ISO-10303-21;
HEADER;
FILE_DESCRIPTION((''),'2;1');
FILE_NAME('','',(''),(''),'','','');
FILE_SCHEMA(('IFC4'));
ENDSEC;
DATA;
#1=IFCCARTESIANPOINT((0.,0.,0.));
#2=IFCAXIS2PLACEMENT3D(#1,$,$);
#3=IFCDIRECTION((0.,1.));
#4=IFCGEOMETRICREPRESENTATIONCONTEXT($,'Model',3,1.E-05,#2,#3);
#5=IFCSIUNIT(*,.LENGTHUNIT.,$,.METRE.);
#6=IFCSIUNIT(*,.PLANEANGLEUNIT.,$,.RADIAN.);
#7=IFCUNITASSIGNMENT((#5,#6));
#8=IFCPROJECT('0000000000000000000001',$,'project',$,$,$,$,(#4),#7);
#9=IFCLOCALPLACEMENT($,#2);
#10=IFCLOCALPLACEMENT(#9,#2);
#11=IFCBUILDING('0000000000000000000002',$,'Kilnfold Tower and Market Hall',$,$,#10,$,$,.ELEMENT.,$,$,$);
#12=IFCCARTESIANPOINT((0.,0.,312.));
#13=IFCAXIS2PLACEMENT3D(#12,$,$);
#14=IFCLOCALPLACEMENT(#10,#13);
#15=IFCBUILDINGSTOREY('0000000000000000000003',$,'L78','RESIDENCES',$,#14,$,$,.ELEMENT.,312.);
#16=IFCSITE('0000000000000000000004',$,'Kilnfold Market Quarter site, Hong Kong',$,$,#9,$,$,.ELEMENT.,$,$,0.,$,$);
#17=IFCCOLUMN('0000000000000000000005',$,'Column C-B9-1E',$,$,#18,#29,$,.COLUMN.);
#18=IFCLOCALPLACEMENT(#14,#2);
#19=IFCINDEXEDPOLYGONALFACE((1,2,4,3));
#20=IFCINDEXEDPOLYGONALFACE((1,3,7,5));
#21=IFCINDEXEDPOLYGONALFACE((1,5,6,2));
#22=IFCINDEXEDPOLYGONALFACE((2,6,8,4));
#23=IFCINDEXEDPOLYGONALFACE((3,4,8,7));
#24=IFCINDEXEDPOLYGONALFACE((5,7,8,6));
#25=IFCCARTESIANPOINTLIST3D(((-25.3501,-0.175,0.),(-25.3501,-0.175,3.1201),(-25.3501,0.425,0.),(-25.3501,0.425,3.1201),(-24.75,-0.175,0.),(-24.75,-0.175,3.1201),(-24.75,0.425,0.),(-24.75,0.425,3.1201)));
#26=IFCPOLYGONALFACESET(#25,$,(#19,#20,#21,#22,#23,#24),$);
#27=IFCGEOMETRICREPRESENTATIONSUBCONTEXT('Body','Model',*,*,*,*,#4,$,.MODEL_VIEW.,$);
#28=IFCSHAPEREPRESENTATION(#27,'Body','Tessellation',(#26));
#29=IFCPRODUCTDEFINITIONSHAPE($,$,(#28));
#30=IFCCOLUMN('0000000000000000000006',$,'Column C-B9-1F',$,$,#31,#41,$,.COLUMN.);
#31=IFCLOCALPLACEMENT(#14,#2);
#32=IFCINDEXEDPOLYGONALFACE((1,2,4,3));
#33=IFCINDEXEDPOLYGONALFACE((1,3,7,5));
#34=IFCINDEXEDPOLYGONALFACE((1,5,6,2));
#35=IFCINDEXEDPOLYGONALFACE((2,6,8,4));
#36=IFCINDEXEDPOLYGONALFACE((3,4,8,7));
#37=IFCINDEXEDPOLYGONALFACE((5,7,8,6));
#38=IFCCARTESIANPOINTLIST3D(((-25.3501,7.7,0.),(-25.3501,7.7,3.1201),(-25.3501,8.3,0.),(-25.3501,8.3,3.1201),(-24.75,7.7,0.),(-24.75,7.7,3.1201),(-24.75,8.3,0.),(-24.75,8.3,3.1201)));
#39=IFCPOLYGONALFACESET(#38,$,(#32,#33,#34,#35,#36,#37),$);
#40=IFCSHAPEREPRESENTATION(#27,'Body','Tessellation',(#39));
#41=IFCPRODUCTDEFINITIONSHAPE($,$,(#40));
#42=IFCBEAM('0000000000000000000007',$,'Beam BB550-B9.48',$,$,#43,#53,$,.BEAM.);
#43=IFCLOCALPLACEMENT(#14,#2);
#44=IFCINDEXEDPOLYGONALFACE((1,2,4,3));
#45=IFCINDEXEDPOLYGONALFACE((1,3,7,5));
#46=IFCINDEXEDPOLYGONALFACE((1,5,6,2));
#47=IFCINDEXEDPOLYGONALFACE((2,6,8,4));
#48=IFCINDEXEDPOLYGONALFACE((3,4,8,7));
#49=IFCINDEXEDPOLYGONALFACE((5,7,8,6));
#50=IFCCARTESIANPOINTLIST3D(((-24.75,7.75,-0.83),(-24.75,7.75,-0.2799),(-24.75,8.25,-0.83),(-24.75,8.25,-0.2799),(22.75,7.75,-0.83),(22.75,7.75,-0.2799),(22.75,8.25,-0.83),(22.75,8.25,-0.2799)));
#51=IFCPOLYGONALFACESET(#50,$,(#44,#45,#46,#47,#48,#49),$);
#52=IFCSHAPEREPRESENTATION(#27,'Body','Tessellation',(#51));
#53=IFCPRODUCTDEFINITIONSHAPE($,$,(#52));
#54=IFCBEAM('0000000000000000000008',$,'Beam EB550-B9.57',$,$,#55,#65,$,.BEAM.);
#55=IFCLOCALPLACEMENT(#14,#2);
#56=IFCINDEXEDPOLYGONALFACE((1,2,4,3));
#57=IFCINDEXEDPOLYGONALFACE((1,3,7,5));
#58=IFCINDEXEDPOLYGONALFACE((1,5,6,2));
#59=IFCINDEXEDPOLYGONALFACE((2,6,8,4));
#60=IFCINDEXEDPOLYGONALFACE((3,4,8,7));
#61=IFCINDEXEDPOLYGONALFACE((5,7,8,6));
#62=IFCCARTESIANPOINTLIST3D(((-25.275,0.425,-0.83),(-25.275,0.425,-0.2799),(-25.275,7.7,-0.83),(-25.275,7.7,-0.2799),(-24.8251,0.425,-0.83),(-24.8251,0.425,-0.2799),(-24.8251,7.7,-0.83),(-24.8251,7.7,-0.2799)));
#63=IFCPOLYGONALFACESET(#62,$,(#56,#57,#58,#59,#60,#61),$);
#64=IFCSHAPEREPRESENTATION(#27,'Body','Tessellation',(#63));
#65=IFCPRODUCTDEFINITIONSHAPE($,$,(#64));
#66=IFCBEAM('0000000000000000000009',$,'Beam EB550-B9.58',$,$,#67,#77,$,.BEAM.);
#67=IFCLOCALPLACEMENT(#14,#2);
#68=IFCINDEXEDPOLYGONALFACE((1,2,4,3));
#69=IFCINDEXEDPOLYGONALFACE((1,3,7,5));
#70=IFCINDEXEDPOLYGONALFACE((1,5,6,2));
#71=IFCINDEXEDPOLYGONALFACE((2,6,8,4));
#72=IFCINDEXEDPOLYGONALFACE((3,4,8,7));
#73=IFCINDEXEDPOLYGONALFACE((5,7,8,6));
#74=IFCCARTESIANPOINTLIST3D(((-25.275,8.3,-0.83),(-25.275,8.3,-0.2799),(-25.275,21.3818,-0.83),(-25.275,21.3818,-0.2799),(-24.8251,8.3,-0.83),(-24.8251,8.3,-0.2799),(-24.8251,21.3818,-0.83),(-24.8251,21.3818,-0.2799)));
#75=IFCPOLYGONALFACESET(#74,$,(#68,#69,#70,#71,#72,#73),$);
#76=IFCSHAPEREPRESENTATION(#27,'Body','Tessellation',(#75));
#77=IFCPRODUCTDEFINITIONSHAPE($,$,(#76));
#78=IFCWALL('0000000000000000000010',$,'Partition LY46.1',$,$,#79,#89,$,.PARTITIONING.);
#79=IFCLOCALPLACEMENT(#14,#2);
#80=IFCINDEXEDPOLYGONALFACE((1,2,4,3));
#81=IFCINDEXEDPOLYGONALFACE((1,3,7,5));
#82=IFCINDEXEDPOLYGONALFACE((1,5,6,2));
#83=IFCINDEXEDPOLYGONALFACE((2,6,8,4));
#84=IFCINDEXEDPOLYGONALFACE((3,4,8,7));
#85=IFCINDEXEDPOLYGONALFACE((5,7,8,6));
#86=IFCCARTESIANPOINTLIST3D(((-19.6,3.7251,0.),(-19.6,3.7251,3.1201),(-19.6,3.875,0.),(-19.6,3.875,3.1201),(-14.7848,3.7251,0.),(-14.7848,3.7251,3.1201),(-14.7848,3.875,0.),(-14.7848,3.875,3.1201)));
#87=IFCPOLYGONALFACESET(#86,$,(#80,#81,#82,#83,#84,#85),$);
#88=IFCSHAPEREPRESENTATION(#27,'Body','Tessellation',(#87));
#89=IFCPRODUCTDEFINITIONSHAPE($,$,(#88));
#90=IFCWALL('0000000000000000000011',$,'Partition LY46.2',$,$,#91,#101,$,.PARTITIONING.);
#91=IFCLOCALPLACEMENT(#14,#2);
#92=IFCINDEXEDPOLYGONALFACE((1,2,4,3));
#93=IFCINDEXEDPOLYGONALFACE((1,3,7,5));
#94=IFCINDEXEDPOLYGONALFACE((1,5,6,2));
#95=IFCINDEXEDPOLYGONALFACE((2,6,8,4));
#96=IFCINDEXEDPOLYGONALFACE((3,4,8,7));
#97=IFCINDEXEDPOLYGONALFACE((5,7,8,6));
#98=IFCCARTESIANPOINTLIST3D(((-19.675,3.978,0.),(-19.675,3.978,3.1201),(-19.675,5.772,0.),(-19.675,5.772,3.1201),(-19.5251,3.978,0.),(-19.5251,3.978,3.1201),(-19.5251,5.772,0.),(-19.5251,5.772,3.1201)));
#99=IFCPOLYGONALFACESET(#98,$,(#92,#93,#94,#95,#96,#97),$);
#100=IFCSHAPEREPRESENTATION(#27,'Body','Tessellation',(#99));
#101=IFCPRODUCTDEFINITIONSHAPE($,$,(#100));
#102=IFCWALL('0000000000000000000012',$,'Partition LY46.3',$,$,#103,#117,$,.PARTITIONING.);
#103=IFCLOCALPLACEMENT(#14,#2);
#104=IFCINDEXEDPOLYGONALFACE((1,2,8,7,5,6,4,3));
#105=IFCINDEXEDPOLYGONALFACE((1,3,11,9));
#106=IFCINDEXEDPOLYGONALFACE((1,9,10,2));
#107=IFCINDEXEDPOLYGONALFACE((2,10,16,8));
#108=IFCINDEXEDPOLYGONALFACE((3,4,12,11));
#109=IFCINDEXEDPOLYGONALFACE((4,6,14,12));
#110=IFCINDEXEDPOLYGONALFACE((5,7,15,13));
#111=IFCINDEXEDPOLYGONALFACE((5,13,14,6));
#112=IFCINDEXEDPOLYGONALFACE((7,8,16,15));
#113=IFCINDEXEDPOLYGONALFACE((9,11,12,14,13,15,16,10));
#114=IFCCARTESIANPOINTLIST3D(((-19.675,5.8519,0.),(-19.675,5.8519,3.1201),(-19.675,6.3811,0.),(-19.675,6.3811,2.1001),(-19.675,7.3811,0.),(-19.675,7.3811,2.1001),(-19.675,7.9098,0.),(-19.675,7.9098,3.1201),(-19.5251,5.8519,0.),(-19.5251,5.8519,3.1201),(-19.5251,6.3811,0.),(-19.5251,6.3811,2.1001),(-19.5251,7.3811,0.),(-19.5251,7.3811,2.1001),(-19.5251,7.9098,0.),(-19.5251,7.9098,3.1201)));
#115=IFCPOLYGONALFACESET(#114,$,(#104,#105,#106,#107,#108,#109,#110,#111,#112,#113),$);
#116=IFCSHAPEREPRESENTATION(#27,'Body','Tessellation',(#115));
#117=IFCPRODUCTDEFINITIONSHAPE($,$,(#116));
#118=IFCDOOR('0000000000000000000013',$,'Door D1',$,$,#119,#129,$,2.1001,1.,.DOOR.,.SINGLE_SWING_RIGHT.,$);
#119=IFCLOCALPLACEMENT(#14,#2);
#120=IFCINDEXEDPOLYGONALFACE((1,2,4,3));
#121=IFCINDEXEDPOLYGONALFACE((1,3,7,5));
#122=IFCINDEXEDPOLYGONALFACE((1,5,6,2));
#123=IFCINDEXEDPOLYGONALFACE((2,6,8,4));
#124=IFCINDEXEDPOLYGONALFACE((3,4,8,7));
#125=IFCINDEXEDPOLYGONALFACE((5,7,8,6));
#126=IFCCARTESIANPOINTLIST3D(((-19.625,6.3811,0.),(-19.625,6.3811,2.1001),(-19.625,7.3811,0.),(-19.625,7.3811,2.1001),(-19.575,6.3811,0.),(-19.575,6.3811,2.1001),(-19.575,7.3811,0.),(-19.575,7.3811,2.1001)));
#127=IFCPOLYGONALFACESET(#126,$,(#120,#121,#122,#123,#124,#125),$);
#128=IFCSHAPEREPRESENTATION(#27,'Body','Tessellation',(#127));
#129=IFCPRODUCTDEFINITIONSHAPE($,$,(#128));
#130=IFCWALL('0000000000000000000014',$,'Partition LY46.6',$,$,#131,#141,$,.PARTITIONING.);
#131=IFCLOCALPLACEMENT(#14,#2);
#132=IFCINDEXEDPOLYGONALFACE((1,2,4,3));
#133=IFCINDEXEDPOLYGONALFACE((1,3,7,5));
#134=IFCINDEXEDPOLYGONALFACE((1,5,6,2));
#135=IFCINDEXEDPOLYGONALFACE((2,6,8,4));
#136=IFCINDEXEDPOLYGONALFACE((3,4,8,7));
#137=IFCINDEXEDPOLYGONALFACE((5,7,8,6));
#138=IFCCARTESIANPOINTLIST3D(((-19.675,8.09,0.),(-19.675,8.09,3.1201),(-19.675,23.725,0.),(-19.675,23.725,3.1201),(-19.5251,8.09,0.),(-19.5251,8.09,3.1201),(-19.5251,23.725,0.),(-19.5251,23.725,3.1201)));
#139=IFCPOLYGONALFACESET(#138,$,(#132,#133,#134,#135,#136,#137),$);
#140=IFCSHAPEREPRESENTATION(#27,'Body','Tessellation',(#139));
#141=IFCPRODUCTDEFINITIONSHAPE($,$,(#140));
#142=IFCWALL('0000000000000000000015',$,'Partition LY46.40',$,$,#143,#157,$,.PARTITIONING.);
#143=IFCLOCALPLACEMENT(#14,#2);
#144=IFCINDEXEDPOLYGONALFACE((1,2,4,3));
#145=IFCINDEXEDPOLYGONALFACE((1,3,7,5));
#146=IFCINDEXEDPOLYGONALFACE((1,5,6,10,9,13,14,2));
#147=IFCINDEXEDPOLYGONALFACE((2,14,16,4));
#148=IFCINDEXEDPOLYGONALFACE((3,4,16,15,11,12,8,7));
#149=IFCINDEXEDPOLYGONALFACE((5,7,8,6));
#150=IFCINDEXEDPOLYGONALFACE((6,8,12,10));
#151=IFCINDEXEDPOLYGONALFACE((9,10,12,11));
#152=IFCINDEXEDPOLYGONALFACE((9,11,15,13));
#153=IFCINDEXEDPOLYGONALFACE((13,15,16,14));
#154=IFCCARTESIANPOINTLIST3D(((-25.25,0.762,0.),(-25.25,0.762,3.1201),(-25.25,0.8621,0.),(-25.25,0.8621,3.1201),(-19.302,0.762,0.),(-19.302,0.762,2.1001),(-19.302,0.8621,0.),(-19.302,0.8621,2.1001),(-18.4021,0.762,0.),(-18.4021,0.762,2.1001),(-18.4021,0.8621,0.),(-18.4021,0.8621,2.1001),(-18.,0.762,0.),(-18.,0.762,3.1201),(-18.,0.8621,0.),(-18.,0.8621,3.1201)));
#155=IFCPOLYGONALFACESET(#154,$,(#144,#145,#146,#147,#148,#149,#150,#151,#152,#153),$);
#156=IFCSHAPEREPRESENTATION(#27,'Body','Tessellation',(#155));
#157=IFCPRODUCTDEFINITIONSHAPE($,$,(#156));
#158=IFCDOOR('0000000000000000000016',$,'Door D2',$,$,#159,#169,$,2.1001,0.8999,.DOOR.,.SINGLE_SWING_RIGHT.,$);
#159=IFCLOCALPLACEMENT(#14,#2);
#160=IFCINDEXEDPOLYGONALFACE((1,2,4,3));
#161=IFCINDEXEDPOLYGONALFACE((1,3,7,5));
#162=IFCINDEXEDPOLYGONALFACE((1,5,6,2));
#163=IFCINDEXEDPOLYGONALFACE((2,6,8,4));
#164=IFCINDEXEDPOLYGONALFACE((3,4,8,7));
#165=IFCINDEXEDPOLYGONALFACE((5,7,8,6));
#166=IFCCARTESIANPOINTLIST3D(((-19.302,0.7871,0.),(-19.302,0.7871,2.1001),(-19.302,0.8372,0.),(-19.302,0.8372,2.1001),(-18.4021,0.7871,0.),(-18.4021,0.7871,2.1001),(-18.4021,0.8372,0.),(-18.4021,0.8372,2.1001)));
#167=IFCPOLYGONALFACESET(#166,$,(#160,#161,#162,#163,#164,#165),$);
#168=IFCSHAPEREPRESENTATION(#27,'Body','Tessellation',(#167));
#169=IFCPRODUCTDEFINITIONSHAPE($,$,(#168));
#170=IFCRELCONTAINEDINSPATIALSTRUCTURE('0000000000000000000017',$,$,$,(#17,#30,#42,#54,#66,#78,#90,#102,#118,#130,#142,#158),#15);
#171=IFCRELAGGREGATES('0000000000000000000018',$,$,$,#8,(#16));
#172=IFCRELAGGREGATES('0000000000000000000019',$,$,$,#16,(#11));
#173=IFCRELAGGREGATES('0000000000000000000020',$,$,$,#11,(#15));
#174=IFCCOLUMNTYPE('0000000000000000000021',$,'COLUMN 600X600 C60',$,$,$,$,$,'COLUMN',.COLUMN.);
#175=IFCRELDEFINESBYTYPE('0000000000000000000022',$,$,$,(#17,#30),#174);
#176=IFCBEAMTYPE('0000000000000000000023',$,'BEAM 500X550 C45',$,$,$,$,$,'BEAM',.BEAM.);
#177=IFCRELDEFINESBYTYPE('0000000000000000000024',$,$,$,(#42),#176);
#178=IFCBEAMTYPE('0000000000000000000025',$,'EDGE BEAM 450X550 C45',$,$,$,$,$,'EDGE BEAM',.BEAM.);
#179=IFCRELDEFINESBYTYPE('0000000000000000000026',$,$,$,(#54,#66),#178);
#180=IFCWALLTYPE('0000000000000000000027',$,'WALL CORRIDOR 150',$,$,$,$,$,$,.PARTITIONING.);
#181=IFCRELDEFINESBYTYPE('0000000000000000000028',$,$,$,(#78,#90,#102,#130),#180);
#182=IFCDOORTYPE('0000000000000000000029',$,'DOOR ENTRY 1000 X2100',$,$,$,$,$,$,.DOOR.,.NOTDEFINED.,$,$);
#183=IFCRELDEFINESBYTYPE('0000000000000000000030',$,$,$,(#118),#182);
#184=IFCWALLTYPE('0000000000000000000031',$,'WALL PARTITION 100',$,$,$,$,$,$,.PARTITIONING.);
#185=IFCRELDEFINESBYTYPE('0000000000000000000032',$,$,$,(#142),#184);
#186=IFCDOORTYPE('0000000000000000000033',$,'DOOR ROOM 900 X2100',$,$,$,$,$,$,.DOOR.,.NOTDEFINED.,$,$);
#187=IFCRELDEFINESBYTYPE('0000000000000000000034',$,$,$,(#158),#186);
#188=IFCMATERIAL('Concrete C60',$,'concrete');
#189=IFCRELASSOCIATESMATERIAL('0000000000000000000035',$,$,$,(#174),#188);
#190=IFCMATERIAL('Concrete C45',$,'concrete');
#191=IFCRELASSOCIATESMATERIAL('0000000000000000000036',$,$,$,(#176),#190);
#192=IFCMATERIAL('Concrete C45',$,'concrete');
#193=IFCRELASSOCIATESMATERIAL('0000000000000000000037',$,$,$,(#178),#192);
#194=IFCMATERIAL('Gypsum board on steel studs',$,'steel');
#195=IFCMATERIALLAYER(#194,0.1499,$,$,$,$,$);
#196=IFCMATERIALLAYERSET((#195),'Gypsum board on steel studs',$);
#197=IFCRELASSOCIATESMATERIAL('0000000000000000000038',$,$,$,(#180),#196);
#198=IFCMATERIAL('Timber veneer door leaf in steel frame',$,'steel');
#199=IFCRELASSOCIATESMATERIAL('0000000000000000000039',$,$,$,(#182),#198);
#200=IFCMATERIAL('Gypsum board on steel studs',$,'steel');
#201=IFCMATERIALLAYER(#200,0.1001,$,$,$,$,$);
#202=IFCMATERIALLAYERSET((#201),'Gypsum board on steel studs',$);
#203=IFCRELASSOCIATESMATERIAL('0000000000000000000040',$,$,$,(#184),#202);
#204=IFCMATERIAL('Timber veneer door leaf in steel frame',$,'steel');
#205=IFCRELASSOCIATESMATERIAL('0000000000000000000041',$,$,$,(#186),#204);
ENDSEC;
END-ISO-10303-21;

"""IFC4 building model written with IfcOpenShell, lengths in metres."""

from ifc_helpers import new_model, si_unit, direction, frame, frame_2d, origin, origin_2d, place, context, subcontext, project, spatial, rectangle, extrude, source, transform, mapped, material, layer, layer_set, material_profile, profile_set, type_object, element, fill, save


model = new_model("IFC4")

# Units and contexts
model_context = context("Model", 3, precision=1e-05, world=origin(), true_north=direction((0.0, 1.0)))
body_context = subcontext(model_context, "Body", "Model", "MODEL_VIEW")
ifc_project = project(units=[si_unit("LENGTHUNIT", "METRE"), si_unit("PLANEANGLEUNIT", "RADIAN")], contexts=[model_context])

# Site, building, storey
site_placement = place(None, origin())
site = spatial("IfcSite", under=ifc_project, at=site_placement, Name="Kilnfold Market Quarter site, Hong Kong", CompositionType="ELEMENT", RefElevation=0.0)
building_placement = place(site_placement, origin())
building = spatial("IfcBuilding", under=site, at=building_placement, Name="Kilnfold Tower and Market Hall", CompositionType="ELEMENT")
storey_placement = place(building_placement, frame((0.0, 0.0, 312.0)))
storey = spatial("IfcBuildingStorey", under=building, at=storey_placement, Name="L78", Description="RESIDENCES", CompositionType="ELEMENT", Elevation=312.0)

# Columns
ifc_material_1 = material(Name="Concrete C60", Category="concrete")
ifc_material_profile_1 = material_profile(ifc_material_1, rectangle(XDim=0.6001, YDim=0.6001, at=origin_2d()), Name="RC 600x600")
ifc_profile_set_1 = profile_set([ifc_material_profile_1], Name="Concrete C60")
column_type = type_object("IfcColumnType", Name="COLUMN 600X600 C60", ElementType="COLUMN", PredefinedType="COLUMN", material=ifc_profile_set_1)
shared_shape_1 = source(origin(), body_context, "Body", "SweptSolid", [
    extrude(rectangle(XDim=0.6001, YDim=0.6001, at=origin_2d()), origin(), (0.0, 0.0, 1.0), 3.1201),
])
for number, where, z_axis, x_axis, name in (
    (1, (-25.05, 0.125, 0.0), (0.0, 0.0, 1.0), (1.0, 0.0, 0.0), "Column C-B9-1E"),
    (2, (-25.05, 8.0, 0.0), (0.0, 0.0, 1.0), (1.0, 0.0, 0.0), "Column C-B9-1F"),
):
    element("IfcColumn", number, at=place(storey_placement, frame(where, z_axis=z_axis, x_axis=x_axis)), inside=storey, type_object=column_type, Name=name, PredefinedType="COLUMN", context=body_context, shape_type="MappedRepresentation", body=[
        mapped(shared_shape_1, transform((0.0, 0.0, 0.0))),
    ])

# Beams
ifc_material_2 = material(Name="Concrete C45", Category="concrete")
ifc_material_profile_2 = material_profile(ifc_material_2, rectangle(XDim=0.5, YDim=0.55, at=origin_2d()), Name="RC 500x550")
ifc_profile_set_2 = profile_set([ifc_material_profile_2], Name="Concrete C45")
beam_type_1 = type_object("IfcBeamType", Name="BEAM 500X550 C45", ElementType="BEAM", PredefinedType="BEAM", material=ifc_profile_set_2)
shared_shape_2 = source(origin(), body_context, "Body", "SweptSolid", [
    extrude(rectangle(XDim=0.5, YDim=0.55, at=origin_2d()), origin(), (0.0, 0.0, 1.0), 47.5),
])
beam_1_placement = place(storey_placement, frame((-24.75, 8.0, -0.5549), z_axis=(1.0, 0.0, 0.0), x_axis=(0.0, 1.0, 0.0)))
element("IfcBeam", 3, at=beam_1_placement, inside=storey, type_object=beam_type_1, Name="Beam BB550-B9.48", PredefinedType="BEAM", context=body_context, shape_type="MappedRepresentation", body=[
    mapped(shared_shape_2, transform((0.0, 0.0, 0.0))),
])
ifc_material_3 = material(Name="Concrete C45", Category="concrete")
ifc_material_profile_3 = material_profile(ifc_material_3, rectangle(XDim=0.45, YDim=0.55, at=origin_2d()), Name="RC 450x550")
ifc_profile_set_3 = profile_set([ifc_material_profile_3], Name="Concrete C45")
beam_type_2 = type_object("IfcBeamType", Name="EDGE BEAM 450X550 C45", ElementType="EDGE BEAM", PredefinedType="BEAM", material=ifc_profile_set_3)
shared_shape_3 = source(origin(), body_context, "Body", "SweptSolid", [
    extrude(rectangle(XDim=0.45, YDim=0.55, at=origin_2d()), origin(), (0.0, 0.0, 1.0), 7.2749),
])
beam_2_placement = place(storey_placement, frame((-25.05, 0.425, -0.5549), z_axis=(0.0, 1.0, 0.0), x_axis=(-1.0, 0.0, 0.0)))
element("IfcBeam", 4, at=beam_2_placement, inside=storey, type_object=beam_type_2, Name="Beam EB550-B9.57", PredefinedType="BEAM", context=body_context, shape_type="MappedRepresentation", body=[
    mapped(shared_shape_3, transform((0.0, 0.0, 0.0))),
])
shared_shape_4 = source(origin(), body_context, "Body", "SweptSolid", [
    extrude(rectangle(XDim=0.45, YDim=0.55, at=origin_2d()), origin(), (0.0, 0.0, 1.0), 13.0818),
])
beam_3_placement = place(storey_placement, frame((-25.05, 8.3, -0.5549), z_axis=(0.0, 1.0, 0.0), x_axis=(-1.0, 0.0, 0.0)))
element("IfcBeam", 5, at=beam_3_placement, inside=storey, type_object=beam_type_2, Name="Beam EB550-B9.58", PredefinedType="BEAM", context=body_context, shape_type="MappedRepresentation", body=[
    mapped(shared_shape_4, transform((0.0, 0.0, 0.0))),
])

# Walls
ifc_material_4 = material(Name="Gypsum board on steel studs", Category="steel")
ifc_layer_1 = layer(ifc_material_4, 0.1499)
ifc_layer_set_1 = layer_set([ifc_layer_1], Name="Gypsum board on steel studs")
wall_type_1 = type_object("IfcWallType", Name="WALL CORRIDOR 150", PredefinedType="PARTITIONING", material=ifc_layer_set_1)
wall_1_placement = place(storey_placement, frame((-19.6001, 3.8, 0.0), z_axis=(0.0, 0.0, 1.0), x_axis=(1.0, 0.0, 0.0)))
element("IfcWall", 6, at=wall_1_placement, inside=storey, type_object=wall_type_1, Name="Partition LY46.1", PredefinedType="PARTITIONING", context=body_context, shape_type="SweptSolid", body=[
    extrude(rectangle(XDim=4.8152, YDim=0.1499, at=frame_2d((2.4077, 0.0))), origin(), (0.0, 0.0, 1.0), 3.1201),
])
wall_2_placement = place(storey_placement, frame((-19.6001, 3.978, 0.0), z_axis=(0.0, 0.0, 1.0), x_axis=(0.0, 1.0, 0.0)))
element("IfcWall", 7, at=wall_2_placement, inside=storey, type_object=wall_type_1, Name="Partition LY46.2", PredefinedType="PARTITIONING", context=body_context, shape_type="SweptSolid", body=[
    extrude(rectangle(XDim=1.7939, YDim=0.1499, at=frame_2d((0.897, 0.0))), origin(), (0.0, 0.0, 1.0), 3.1201),
])

# Wall, opening, door
wall_3_placement = place(storey_placement, frame((-19.6001, 5.8521, 0.0), z_axis=(0.0, 0.0, 1.0), x_axis=(0.0, 1.0, 0.0)))
wall_3 = element("IfcWall", 8, at=wall_3_placement, inside=storey, type_object=wall_type_1, Name="Partition LY46.3", PredefinedType="PARTITIONING", context=body_context, shape_type="SweptSolid", body=[
    extrude(rectangle(XDim=2.0579, YDim=0.1499, at=frame_2d((1.0288, 0.0))), origin(), (0.0, 0.0, 1.0), 3.1201),
])
opening_1_placement = place(wall_3_placement, frame((0.5291, 0.0, 0.0)))
opening_1 = element("IfcOpeningElement", 9, at=opening_1_placement, cuts=wall_3, PredefinedType="OPENING", context=body_context, shape_type="SweptSolid", body=[
    extrude(rectangle(XDim=1.0, YDim=2.1001, at=frame_2d((0.5, 1.05))), frame((0.0, 0.085, 0.0), z_axis=(0.0, -1.0, 0.0), x_axis=(1.0, 0.0, 0.0)), (0.0, 0.0, 1.0), 0.1699),
])
ifc_material_5 = material(Name="Timber veneer door leaf in steel frame", Category="steel")
door_type_1 = type_object("IfcDoorType", Name="DOOR ENTRY 1000 X2100", OperationType="NOTDEFINED", PredefinedType="DOOR", material=ifc_material_5)
door_1_placement = place(opening_1_placement, origin())
door_1 = element("IfcDoor", 10, at=door_1_placement, inside=storey, type_object=door_type_1, Name="Door D1", OperationType="SINGLE_SWING_RIGHT", OverallHeight=2.1001, OverallWidth=1.0, PredefinedType="DOOR", context=body_context, shape_type="SweptSolid", body=[
    extrude(rectangle(XDim=1.0, YDim=2.1001, at=frame_2d((0.5, 1.05))), frame((0.0, 0.0249, 0.0), z_axis=(0.0, -1.0, 0.0), x_axis=(1.0, 0.0, 0.0)), (0.0, 0.0, 1.0), 0.05),
])
fill(opening_1, door_1)

# Wall
wall_4_placement = place(storey_placement, frame((-19.6001, 8.0901, 0.0), z_axis=(0.0, 0.0, 1.0), x_axis=(0.0, 1.0, 0.0)))
element("IfcWall", 11, at=wall_4_placement, inside=storey, type_object=wall_type_1, Name="Partition LY46.6", PredefinedType="PARTITIONING", context=body_context, shape_type="SweptSolid", body=[
    extrude(rectangle(XDim=15.635, YDim=0.1499, at=frame_2d((7.8174, 0.0))), origin(), (0.0, 0.0, 1.0), 3.1201),
])

# Wall, opening, door
ifc_material_6 = material(Name="Gypsum board on steel studs", Category="steel")
ifc_layer_2 = layer(ifc_material_6, 0.1001)
ifc_layer_set_2 = layer_set([ifc_layer_2], Name="Gypsum board on steel studs")
wall_type_2 = type_object("IfcWallType", Name="WALL PARTITION 100", PredefinedType="PARTITIONING", material=ifc_layer_set_2)
wall_5_placement = place(storey_placement, frame((-18.0, 0.812, 0.0), z_axis=(0.0, 0.0, 1.0), x_axis=(-1.0, 0.0, 0.0)))
wall_5 = element("IfcWall", 12, at=wall_5_placement, inside=storey, type_object=wall_type_2, Name="Partition LY46.40", PredefinedType="PARTITIONING", context=body_context, shape_type="SweptSolid", body=[
    extrude(rectangle(XDim=7.25, YDim=0.1001, at=frame_2d((3.625, 0.0))), origin(), (0.0, 0.0, 1.0), 3.1201),
])
opening_2_placement = place(wall_5_placement, frame((0.4021, 0.0, 0.0)))
opening_2 = element("IfcOpeningElement", 13, at=opening_2_placement, cuts=wall_5, PredefinedType="OPENING", context=body_context, shape_type="SweptSolid", body=[
    extrude(rectangle(XDim=0.8999, YDim=2.1001, at=frame_2d((0.45, 1.05))), frame((0.0, 0.0601, 0.0), z_axis=(0.0, -1.0, 0.0), x_axis=(1.0, 0.0, 0.0)), (0.0, 0.0, 1.0), 0.1201),
])
ifc_material_7 = material(Name="Timber veneer door leaf in steel frame", Category="steel")
door_type_2 = type_object("IfcDoorType", Name="DOOR ROOM 900 X2100", OperationType="NOTDEFINED", PredefinedType="DOOR", material=ifc_material_7)
door_2_placement = place(opening_2_placement, origin())
door_2 = element("IfcDoor", 14, at=door_2_placement, inside=storey, type_object=door_type_2, Name="Door D2", OperationType="SINGLE_SWING_RIGHT", OverallHeight=2.1001, OverallWidth=0.8999, PredefinedType="DOOR", context=body_context, shape_type="SweptSolid", body=[
    extrude(rectangle(XDim=0.8999, YDim=2.1001, at=frame_2d((0.45, 1.05))), frame((0.0, 0.0249, 0.0), z_axis=(0.0, -1.0, 0.0), x_axis=(1.0, 0.0, 0.0)), (0.0, 0.0, 1.0), 0.05),
])
fill(opening_2, door_2)

save(model, "model.ifc")
